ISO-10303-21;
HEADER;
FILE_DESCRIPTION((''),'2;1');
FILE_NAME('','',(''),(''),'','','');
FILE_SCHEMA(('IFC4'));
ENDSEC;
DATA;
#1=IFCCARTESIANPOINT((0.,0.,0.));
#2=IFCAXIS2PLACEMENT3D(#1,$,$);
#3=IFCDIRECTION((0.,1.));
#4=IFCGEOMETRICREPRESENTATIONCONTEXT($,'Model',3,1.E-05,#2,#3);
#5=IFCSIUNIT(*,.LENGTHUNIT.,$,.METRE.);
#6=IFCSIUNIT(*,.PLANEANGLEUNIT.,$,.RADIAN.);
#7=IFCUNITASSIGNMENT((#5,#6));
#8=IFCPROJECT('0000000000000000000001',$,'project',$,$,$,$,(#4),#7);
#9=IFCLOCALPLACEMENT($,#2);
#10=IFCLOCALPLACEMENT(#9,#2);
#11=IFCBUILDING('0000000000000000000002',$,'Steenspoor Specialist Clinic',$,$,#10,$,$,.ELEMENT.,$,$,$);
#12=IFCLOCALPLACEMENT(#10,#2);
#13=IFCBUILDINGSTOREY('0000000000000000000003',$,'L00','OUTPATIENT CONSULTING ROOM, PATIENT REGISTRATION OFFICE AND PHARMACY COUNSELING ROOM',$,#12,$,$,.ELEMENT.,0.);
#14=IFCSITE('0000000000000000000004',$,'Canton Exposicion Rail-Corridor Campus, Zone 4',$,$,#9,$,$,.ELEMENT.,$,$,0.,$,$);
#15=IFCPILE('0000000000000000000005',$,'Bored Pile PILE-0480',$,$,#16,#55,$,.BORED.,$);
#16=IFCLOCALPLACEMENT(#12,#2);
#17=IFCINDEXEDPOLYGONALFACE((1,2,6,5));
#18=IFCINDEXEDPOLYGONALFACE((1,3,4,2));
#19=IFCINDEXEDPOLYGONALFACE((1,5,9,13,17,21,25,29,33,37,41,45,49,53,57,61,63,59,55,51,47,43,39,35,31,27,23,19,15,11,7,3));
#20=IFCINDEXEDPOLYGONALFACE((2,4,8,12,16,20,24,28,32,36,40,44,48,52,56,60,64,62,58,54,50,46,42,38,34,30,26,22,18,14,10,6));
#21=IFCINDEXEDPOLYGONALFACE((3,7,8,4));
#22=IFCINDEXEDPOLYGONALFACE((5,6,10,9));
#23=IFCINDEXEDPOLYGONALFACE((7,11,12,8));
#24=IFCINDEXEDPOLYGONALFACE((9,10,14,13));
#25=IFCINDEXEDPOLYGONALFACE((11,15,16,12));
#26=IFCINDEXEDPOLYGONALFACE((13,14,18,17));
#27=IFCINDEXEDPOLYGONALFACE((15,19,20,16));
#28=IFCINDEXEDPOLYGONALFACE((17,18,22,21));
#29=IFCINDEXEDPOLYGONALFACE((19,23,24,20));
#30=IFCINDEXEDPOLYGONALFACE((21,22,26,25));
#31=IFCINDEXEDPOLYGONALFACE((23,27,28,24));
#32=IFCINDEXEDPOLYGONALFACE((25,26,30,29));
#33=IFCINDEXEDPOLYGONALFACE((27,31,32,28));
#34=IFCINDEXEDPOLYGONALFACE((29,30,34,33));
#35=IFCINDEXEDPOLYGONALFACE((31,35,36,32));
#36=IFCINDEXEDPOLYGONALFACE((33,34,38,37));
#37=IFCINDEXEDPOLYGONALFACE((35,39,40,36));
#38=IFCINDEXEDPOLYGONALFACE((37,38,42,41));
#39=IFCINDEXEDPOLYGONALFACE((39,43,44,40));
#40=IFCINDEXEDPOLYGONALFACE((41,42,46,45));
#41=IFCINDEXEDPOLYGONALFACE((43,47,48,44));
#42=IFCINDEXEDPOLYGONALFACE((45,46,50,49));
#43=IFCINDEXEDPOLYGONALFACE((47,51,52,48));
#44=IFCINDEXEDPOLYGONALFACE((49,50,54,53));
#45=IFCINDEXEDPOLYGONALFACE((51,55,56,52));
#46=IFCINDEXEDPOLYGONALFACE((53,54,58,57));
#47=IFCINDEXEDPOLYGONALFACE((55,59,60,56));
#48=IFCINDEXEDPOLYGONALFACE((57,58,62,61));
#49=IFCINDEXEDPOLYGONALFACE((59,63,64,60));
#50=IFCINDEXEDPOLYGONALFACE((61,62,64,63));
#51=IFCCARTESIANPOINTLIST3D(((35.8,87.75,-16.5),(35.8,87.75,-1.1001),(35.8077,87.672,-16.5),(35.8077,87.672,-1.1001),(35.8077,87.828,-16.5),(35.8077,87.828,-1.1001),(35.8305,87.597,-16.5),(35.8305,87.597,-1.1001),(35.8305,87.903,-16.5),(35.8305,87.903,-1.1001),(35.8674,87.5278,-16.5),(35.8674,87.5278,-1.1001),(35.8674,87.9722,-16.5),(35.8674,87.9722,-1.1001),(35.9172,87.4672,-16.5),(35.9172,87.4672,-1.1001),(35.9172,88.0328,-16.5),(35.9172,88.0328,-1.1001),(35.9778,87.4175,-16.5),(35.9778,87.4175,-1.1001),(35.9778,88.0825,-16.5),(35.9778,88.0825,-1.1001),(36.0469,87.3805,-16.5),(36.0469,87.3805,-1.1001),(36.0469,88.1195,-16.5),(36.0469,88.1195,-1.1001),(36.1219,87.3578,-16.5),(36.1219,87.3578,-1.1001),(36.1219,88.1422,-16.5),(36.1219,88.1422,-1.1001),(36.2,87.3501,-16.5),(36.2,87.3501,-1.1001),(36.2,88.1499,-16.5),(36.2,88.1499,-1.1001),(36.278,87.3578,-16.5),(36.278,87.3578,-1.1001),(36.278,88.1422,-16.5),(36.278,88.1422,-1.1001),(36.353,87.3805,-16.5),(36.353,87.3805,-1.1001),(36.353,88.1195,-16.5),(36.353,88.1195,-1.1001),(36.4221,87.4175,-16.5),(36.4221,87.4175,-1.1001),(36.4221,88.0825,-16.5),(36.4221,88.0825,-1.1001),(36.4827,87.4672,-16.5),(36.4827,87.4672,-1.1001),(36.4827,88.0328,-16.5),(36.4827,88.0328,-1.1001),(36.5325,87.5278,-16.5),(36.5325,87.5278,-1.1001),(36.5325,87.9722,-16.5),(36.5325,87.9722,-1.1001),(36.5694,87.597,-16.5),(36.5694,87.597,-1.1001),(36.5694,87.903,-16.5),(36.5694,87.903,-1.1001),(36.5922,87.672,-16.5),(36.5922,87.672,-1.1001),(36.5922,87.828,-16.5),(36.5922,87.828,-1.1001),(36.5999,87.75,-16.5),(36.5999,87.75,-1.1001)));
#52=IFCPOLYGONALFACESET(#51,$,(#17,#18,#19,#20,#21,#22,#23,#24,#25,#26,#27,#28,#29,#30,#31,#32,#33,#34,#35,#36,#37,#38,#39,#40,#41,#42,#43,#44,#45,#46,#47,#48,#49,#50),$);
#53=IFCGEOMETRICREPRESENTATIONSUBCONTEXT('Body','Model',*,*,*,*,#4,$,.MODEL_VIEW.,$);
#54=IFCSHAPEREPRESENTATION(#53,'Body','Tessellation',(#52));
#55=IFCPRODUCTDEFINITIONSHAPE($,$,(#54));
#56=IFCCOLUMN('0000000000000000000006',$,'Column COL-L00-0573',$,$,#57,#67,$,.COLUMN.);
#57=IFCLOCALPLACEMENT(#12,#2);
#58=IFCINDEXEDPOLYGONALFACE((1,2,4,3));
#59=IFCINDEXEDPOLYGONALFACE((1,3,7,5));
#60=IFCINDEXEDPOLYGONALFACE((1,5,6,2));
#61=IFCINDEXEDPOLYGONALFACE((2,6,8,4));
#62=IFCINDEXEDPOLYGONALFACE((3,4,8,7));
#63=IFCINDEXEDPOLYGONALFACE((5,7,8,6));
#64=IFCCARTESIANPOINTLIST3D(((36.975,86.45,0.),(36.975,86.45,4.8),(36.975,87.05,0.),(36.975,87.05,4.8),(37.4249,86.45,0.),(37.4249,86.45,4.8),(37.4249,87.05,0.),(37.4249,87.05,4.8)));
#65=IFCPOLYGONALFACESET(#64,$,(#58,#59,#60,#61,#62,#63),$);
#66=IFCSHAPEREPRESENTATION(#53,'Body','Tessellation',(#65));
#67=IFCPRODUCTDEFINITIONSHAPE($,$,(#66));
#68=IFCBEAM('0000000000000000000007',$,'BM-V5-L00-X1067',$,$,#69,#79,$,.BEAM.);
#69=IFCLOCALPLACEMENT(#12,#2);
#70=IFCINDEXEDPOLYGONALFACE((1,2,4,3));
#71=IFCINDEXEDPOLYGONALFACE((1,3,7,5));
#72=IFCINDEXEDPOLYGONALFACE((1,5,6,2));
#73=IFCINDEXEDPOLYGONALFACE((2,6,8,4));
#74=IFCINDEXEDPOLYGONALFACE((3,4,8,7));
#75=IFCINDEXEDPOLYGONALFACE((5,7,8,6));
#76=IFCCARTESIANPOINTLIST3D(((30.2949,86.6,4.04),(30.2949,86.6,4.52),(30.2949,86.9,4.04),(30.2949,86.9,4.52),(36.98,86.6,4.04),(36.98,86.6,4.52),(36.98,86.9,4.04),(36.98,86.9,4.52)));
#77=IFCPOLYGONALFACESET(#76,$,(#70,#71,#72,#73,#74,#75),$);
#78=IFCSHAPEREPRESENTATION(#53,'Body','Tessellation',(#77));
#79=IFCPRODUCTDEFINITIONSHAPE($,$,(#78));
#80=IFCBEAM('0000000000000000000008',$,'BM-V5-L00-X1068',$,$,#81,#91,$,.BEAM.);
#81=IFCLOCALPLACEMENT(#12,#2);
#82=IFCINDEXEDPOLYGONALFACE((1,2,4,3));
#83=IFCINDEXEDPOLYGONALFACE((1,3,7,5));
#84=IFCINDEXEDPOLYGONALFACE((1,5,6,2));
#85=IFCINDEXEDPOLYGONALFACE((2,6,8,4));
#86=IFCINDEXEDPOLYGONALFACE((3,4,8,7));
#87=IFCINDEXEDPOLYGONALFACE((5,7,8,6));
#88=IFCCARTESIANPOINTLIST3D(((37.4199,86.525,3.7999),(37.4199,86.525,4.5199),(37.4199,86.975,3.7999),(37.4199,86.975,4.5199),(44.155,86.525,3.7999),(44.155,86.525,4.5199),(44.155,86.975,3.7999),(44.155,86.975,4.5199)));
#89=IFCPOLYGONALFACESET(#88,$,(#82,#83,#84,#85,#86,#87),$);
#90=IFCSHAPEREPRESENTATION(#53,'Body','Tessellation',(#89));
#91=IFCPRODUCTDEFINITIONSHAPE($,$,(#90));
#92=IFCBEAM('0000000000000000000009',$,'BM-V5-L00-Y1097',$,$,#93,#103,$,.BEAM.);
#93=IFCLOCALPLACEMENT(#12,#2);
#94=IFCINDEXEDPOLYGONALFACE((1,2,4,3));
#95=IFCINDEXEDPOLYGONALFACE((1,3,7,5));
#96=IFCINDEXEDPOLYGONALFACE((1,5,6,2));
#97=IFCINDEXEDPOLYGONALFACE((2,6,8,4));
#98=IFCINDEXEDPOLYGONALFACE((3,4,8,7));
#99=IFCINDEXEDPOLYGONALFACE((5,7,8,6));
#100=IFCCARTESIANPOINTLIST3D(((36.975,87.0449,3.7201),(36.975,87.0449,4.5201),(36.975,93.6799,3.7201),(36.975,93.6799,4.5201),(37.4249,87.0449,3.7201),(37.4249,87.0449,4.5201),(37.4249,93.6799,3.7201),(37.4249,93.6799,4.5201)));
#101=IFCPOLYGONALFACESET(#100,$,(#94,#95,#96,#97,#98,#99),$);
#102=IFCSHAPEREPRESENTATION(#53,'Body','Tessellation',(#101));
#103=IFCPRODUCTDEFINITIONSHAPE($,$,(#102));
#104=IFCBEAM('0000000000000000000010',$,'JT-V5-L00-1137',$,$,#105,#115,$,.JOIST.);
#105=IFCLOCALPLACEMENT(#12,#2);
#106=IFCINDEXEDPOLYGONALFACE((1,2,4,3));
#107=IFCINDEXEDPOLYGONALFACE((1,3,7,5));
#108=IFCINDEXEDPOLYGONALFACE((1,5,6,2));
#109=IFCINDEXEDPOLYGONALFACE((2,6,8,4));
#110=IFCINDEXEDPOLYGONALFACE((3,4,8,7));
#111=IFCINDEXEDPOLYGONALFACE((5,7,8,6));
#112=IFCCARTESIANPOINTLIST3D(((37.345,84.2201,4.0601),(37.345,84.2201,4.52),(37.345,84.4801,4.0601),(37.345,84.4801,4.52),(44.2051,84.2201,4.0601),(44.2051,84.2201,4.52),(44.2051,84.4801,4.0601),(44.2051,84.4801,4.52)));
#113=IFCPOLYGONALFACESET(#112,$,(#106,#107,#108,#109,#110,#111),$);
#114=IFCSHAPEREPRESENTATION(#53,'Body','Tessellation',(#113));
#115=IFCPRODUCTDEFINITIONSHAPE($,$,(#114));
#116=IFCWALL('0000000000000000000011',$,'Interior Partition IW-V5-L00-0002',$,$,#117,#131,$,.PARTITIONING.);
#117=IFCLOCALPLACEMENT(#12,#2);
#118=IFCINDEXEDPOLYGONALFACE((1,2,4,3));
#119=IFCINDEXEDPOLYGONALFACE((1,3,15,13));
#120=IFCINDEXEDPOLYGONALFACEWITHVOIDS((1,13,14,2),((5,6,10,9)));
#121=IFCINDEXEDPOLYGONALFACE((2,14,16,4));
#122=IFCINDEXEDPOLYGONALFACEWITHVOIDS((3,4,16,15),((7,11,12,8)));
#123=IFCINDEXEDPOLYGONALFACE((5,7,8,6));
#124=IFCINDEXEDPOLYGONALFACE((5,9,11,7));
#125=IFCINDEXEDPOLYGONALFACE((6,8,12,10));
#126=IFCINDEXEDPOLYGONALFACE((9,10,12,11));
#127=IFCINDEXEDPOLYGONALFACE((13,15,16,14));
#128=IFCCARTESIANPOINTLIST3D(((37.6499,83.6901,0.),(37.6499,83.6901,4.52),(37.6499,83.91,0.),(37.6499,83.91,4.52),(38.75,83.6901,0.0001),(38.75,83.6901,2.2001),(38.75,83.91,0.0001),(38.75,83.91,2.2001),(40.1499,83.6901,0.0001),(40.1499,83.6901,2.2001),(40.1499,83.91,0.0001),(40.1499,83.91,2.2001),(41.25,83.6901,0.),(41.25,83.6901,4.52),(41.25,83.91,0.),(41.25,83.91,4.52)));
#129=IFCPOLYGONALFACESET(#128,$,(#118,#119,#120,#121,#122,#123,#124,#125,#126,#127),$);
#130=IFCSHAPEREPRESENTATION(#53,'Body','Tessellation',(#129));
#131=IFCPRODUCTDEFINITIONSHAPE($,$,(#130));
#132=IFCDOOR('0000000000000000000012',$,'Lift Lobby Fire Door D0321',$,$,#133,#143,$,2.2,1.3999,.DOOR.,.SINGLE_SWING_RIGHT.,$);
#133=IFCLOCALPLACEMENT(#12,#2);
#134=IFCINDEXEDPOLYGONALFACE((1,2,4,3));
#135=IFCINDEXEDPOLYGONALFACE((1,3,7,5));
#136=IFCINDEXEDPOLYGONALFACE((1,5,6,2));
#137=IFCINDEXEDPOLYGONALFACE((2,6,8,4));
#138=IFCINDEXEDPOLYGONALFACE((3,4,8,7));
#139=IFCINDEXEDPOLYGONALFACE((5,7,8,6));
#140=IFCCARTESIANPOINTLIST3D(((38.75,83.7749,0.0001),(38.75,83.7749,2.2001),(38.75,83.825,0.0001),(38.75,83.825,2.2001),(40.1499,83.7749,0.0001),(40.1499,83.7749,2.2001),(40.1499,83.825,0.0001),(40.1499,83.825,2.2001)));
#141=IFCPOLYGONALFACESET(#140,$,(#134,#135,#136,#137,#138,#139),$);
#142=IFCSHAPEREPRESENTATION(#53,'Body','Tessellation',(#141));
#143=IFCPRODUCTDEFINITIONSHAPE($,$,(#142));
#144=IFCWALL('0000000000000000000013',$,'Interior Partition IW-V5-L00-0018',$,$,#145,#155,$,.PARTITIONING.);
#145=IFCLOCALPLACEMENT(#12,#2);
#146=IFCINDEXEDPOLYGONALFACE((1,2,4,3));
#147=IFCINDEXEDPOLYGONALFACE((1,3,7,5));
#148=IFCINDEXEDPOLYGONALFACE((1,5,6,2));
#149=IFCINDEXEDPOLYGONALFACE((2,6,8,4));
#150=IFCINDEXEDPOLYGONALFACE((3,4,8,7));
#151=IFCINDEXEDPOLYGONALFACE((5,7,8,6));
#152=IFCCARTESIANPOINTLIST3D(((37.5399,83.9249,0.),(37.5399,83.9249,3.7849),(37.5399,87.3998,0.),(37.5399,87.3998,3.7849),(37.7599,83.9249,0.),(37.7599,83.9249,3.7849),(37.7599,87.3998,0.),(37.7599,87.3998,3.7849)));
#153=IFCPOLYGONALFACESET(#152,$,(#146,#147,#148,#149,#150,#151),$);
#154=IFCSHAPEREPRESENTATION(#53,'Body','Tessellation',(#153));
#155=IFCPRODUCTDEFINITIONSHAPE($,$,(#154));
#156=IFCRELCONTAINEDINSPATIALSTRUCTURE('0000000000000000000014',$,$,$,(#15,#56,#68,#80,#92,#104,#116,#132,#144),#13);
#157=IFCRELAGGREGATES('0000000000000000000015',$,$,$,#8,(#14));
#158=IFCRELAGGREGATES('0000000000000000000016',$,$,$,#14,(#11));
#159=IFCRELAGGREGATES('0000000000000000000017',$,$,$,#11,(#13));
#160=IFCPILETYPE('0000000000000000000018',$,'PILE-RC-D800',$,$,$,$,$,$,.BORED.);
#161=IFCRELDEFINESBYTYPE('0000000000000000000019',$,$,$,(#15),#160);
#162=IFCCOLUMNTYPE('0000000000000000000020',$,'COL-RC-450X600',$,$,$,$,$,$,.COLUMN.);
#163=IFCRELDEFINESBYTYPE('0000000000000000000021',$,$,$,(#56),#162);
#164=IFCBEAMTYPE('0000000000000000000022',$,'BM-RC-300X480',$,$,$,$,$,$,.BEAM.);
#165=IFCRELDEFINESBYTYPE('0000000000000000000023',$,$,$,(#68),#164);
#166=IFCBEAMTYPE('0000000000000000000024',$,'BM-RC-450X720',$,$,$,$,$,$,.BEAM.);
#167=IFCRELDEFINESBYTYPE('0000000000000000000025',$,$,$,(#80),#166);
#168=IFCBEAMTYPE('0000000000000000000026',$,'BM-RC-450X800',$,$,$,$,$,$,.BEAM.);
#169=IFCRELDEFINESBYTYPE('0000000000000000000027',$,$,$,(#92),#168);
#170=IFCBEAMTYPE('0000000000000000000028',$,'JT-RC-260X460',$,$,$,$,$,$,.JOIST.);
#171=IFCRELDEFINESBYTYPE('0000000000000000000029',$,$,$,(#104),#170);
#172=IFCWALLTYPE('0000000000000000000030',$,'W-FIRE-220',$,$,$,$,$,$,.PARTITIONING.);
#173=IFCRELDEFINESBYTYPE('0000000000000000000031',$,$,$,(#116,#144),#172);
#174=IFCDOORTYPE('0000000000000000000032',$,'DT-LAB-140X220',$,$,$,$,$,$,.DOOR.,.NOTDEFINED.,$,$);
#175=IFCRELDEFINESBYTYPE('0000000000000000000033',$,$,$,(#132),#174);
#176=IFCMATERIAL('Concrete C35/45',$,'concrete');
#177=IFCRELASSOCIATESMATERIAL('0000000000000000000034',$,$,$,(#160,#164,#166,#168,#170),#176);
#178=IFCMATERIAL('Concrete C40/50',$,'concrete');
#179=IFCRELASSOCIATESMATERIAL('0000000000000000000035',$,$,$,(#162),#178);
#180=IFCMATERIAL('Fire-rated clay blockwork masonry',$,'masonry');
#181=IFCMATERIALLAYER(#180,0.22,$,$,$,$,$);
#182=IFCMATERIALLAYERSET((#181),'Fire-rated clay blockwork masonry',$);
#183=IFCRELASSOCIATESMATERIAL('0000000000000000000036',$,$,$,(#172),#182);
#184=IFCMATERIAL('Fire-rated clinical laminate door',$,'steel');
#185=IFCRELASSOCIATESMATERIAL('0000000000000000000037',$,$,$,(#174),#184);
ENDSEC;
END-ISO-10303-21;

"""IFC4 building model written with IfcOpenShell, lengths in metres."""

from ifc_helpers import new_model, si_unit, direction, frame, frame_2d, origin, origin_2d, place, context, subcontext, project, spatial, rectangle, circle, extrude, material, layer, layer_set, material_profile, profile_set, type_object, element, fill, save


model = new_model("IFC4")

# Units and contexts
model_context = context("Model", 3, precision=1e-05, world=origin(), true_north=direction((0.0, 1.0)))
body_context = subcontext(model_context, "Body", "Model", "MODEL_VIEW")
ifc_project = project(units=[si_unit("LENGTHUNIT", "METRE"), si_unit("PLANEANGLEUNIT", "RADIAN")], contexts=[model_context])

# Site, building, storey
site_placement = place(None, origin())
site = spatial("IfcSite", under=ifc_project, at=site_placement, Name="Canton Exposicion Rail-Corridor Campus, Zone 4", CompositionType="ELEMENT", RefElevation=0.0)
building_placement = place(site_placement, origin())
building = spatial("IfcBuilding", under=site, at=building_placement, Name="Steenspoor Specialist Clinic", CompositionType="ELEMENT")
storey_placement = place(building_placement, origin())
storey = spatial("IfcBuildingStorey", under=building, at=storey_placement, Name="L00", Description="OUTPATIENT CONSULTING ROOM, PATIENT REGISTRATION OFFICE AND PHARMACY COUNSELING ROOM", CompositionType="ELEMENT", Elevation=0.0)

# Shared definitions
ifc_material_1 = material(Name="Concrete C35/45", Category="concrete")

# Pile
ifc_material_profile_1 = material_profile(ifc_material_1, circle(Radius=0.3999, at=origin_2d()), Name="PILE-D800")
ifc_profile_set_1 = profile_set([ifc_material_profile_1], Name="Concrete C35/45")
pile_type_1 = type_object("IfcPileType", Name="PILE-RC-D800", PredefinedType="BORED", material=ifc_profile_set_1)
for number, where, z_axis, x_axis, name in (
    (1, (36.2, 87.75, -1.1001), (0.0, 0.0, -1.0), (1.0, 0.0, 0.0), "Bored Pile PILE-0480"),
):
    element("IfcPile", number, at=place(storey_placement, frame(where, z_axis=z_axis, x_axis=x_axis)), inside=storey, type_object=pile_type_1, Name=name, PredefinedType="BORED", context=body_context, shape_type="SweptSolid", body=[
        extrude(circle(Radius=0.3999, at=origin_2d()), origin(), (0.0, 0.0, 1.0), 15.3999),
    ])

# Column
ifc_material_2 = material(Name="Concrete C40/50", Category="concrete")
ifc_material_profile_2 = material_profile(ifc_material_2, rectangle(XDim=0.45, YDim=0.6001, at=origin_2d()), Name="RC-COL-450X600")
ifc_profile_set_2 = profile_set([ifc_material_profile_2], Name="Concrete C40/50")
column_type = type_object("IfcColumnType", Name="COL-RC-450X600", PredefinedType="COLUMN", material=ifc_profile_set_2)
column_placement = place(storey_placement, frame((37.2, 86.75, 0.0), z_axis=(0.0, 0.0, 1.0), x_axis=(1.0, 0.0, 0.0)))
element("IfcColumn", 2, at=column_placement, inside=storey, type_object=column_type, Name="Column COL-L00-0573", PredefinedType="COLUMN", context=body_context, shape_type="SweptSolid", body=[
    extrude(rectangle(XDim=0.45, YDim=0.6001, at=origin_2d()), origin(), (0.0, 0.0, 1.0), 4.8),
])

# Beams
ifc_material_profile_3 = material_profile(ifc_material_1, rectangle(XDim=0.3, YDim=0.48, at=origin_2d()), Name="RC-BM-300X480")
ifc_profile_set_3 = profile_set([ifc_material_profile_3], Name="Concrete C35/45")
beam_type_1 = type_object("IfcBeamType", Name="BM-RC-300X480", PredefinedType="BEAM", material=ifc_profile_set_3)
beam_1_placement = place(storey_placement, frame((30.2949, 86.75, 4.28), z_axis=(1.0, 0.0, 0.0), x_axis=(0.0, 1.0, 0.0)))
element("IfcBeam", 3, at=beam_1_placement, inside=storey, type_object=beam_type_1, Name="BM-V5-L00-X1067", PredefinedType="BEAM", context=body_context, shape_type="SweptSolid", body=[
    extrude(rectangle(XDim=0.3, YDim=0.48, at=origin_2d()), origin(), (0.0, 0.0, 1.0), 6.6851),
])
ifc_material_profile_4 = material_profile(ifc_material_1, rectangle(XDim=0.45, YDim=0.72, at=origin_2d()), Name="RC-BM-450X720")
ifc_profile_set_4 = profile_set([ifc_material_profile_4], Name="Concrete C35/45")
beam_type_2 = type_object("IfcBeamType", Name="BM-RC-450X720", PredefinedType="BEAM", material=ifc_profile_set_4)
beam_2_placement = place(storey_placement, frame((37.4199, 86.75, 4.1599), z_axis=(1.0, 0.0, 0.0), x_axis=(0.0, 1.0, 0.0)))
element("IfcBeam", 4, at=beam_2_placement, inside=storey, type_object=beam_type_2, Name="BM-V5-L00-X1068", PredefinedType="BEAM", context=body_context, shape_type="SweptSolid", body=[
    extrude(rectangle(XDim=0.45, YDim=0.72, at=origin_2d()), origin(), (0.0, 0.0, 1.0), 6.7351),
])
ifc_material_profile_5 = material_profile(ifc_material_1, rectangle(XDim=0.45, YDim=0.8, at=origin_2d()), Name="RC-BM-450X800")
ifc_profile_set_5 = profile_set([ifc_material_profile_5], Name="Concrete C35/45")
beam_type_3 = type_object("IfcBeamType", Name="BM-RC-450X800", PredefinedType="BEAM", material=ifc_profile_set_5)
beam_3_placement = place(storey_placement, frame((37.2, 87.0449, 4.1201), z_axis=(0.0, 1.0, 0.0), x_axis=(-1.0, 0.0, 0.0)))
element("IfcBeam", 5, at=beam_3_placement, inside=storey, type_object=beam_type_3, Name="BM-V5-L00-Y1097", PredefinedType="BEAM", context=body_context, shape_type="SweptSolid", body=[
    extrude(rectangle(XDim=0.45, YDim=0.8, at=origin_2d()), origin(), (0.0, 0.0, 1.0), 6.635),
])
ifc_material_profile_6 = material_profile(ifc_material_1, rectangle(XDim=0.26, YDim=0.46, at=origin_2d()), Name="RC-JT-260X460")
ifc_profile_set_6 = profile_set([ifc_material_profile_6], Name="Concrete C35/45")
beam_type_4 = type_object("IfcBeamType", Name="JT-RC-260X460", PredefinedType="JOIST", material=ifc_profile_set_6)
beam_4_placement = place(storey_placement, frame((37.345, 84.3501, 4.29), z_axis=(1.0, 0.0, 0.0), x_axis=(0.0, 1.0, 0.0)))
element("IfcBeam", 6, at=beam_4_placement, inside=storey, type_object=beam_type_4, Name="JT-V5-L00-1137", PredefinedType="JOIST", context=body_context, shape_type="SweptSolid", body=[
    extrude(rectangle(XDim=0.26, YDim=0.46, at=origin_2d()), origin(), (0.0, 0.0, 1.0), 6.8601),
])

# Wall, opening, door
ifc_material_3 = material(Name="Fire-rated clay blockwork masonry", Category="masonry")
ifc_layer_1 = layer(ifc_material_3, 0.22)
ifc_layer_set_1 = layer_set([ifc_layer_1], Name="Fire-rated clay blockwork masonry")
wall_type_1 = type_object("IfcWallType", Name="W-FIRE-220", PredefinedType="PARTITIONING", material=ifc_layer_set_1)
wall_1_placement = place(storey_placement, frame((37.6499, 83.8, 0.0), z_axis=(0.0, 0.0, 1.0), x_axis=(1.0, 0.0, 0.0)))
wall_1 = element("IfcWall", 7, at=wall_1_placement, inside=storey, type_object=wall_type_1, Name="Interior Partition IW-V5-L00-0002", PredefinedType="PARTITIONING", context=body_context, shape_type="SweptSolid", body=[
    extrude(rectangle(XDim=3.6001, YDim=0.22, at=frame_2d((1.8, 0.0))), origin(), (0.0, 0.0, 1.0), 4.52),
])
opening_1_placement = place(wall_1_placement, frame((1.1001, 0.0, 0.0)))
opening_1 = element("IfcOpeningElement", 8, at=opening_1_placement, cuts=wall_1, PredefinedType="OPENING", context=body_context, shape_type="SweptSolid", body=[
    extrude(rectangle(XDim=1.3999, YDim=2.2, at=frame_2d((0.7, 1.1001))), frame((0.0, 0.1201, 0.0), z_axis=(0.0, -1.0, 0.0), x_axis=(1.0, 0.0, 0.0)), (0.0, 0.0, 1.0), 0.24),
])
ifc_material_4 = material(Name="Fire-rated clinical laminate door", Category="steel")
door_type_1 = type_object("IfcDoorType", Name="DT-LAB-140X220", OperationType="NOTDEFINED", PredefinedType="DOOR", material=ifc_material_4)
door_1_placement = place(opening_1_placement, origin())
door_1 = element("IfcDoor", 9, at=door_1_placement, inside=storey, type_object=door_type_1, Name="Lift Lobby Fire Door D0321", OperationType="SINGLE_SWING_RIGHT", OverallHeight=2.2, OverallWidth=1.3999, PredefinedType="DOOR", context=body_context, shape_type="SweptSolid", body=[
    extrude(rectangle(XDim=1.3999, YDim=2.2, at=frame_2d((0.7, 1.1001))), frame((0.0, 0.0249, 0.0), z_axis=(0.0, -1.0, 0.0), x_axis=(1.0, 0.0, 0.0)), (0.0, 0.0, 1.0), 0.05),
])
fill(opening_1, door_1)

# Wall
wall_2_placement = place(storey_placement, frame((37.6499, 83.925, 0.0), z_axis=(0.0, 0.0, 1.0), x_axis=(0.0, 1.0, 0.0)))
element("IfcWall", 10, at=wall_2_placement, inside=storey, type_object=wall_type_1, Name="Interior Partition IW-V5-L00-0018", PredefinedType="PARTITIONING", context=body_context, shape_type="SweptSolid", body=[
    extrude(rectangle(XDim=3.4749, YDim=0.22, at=frame_2d((1.7373, 0.0))), origin(), (0.0, 0.0, 1.0), 3.7849),
])

save(model, "model.ifc")
